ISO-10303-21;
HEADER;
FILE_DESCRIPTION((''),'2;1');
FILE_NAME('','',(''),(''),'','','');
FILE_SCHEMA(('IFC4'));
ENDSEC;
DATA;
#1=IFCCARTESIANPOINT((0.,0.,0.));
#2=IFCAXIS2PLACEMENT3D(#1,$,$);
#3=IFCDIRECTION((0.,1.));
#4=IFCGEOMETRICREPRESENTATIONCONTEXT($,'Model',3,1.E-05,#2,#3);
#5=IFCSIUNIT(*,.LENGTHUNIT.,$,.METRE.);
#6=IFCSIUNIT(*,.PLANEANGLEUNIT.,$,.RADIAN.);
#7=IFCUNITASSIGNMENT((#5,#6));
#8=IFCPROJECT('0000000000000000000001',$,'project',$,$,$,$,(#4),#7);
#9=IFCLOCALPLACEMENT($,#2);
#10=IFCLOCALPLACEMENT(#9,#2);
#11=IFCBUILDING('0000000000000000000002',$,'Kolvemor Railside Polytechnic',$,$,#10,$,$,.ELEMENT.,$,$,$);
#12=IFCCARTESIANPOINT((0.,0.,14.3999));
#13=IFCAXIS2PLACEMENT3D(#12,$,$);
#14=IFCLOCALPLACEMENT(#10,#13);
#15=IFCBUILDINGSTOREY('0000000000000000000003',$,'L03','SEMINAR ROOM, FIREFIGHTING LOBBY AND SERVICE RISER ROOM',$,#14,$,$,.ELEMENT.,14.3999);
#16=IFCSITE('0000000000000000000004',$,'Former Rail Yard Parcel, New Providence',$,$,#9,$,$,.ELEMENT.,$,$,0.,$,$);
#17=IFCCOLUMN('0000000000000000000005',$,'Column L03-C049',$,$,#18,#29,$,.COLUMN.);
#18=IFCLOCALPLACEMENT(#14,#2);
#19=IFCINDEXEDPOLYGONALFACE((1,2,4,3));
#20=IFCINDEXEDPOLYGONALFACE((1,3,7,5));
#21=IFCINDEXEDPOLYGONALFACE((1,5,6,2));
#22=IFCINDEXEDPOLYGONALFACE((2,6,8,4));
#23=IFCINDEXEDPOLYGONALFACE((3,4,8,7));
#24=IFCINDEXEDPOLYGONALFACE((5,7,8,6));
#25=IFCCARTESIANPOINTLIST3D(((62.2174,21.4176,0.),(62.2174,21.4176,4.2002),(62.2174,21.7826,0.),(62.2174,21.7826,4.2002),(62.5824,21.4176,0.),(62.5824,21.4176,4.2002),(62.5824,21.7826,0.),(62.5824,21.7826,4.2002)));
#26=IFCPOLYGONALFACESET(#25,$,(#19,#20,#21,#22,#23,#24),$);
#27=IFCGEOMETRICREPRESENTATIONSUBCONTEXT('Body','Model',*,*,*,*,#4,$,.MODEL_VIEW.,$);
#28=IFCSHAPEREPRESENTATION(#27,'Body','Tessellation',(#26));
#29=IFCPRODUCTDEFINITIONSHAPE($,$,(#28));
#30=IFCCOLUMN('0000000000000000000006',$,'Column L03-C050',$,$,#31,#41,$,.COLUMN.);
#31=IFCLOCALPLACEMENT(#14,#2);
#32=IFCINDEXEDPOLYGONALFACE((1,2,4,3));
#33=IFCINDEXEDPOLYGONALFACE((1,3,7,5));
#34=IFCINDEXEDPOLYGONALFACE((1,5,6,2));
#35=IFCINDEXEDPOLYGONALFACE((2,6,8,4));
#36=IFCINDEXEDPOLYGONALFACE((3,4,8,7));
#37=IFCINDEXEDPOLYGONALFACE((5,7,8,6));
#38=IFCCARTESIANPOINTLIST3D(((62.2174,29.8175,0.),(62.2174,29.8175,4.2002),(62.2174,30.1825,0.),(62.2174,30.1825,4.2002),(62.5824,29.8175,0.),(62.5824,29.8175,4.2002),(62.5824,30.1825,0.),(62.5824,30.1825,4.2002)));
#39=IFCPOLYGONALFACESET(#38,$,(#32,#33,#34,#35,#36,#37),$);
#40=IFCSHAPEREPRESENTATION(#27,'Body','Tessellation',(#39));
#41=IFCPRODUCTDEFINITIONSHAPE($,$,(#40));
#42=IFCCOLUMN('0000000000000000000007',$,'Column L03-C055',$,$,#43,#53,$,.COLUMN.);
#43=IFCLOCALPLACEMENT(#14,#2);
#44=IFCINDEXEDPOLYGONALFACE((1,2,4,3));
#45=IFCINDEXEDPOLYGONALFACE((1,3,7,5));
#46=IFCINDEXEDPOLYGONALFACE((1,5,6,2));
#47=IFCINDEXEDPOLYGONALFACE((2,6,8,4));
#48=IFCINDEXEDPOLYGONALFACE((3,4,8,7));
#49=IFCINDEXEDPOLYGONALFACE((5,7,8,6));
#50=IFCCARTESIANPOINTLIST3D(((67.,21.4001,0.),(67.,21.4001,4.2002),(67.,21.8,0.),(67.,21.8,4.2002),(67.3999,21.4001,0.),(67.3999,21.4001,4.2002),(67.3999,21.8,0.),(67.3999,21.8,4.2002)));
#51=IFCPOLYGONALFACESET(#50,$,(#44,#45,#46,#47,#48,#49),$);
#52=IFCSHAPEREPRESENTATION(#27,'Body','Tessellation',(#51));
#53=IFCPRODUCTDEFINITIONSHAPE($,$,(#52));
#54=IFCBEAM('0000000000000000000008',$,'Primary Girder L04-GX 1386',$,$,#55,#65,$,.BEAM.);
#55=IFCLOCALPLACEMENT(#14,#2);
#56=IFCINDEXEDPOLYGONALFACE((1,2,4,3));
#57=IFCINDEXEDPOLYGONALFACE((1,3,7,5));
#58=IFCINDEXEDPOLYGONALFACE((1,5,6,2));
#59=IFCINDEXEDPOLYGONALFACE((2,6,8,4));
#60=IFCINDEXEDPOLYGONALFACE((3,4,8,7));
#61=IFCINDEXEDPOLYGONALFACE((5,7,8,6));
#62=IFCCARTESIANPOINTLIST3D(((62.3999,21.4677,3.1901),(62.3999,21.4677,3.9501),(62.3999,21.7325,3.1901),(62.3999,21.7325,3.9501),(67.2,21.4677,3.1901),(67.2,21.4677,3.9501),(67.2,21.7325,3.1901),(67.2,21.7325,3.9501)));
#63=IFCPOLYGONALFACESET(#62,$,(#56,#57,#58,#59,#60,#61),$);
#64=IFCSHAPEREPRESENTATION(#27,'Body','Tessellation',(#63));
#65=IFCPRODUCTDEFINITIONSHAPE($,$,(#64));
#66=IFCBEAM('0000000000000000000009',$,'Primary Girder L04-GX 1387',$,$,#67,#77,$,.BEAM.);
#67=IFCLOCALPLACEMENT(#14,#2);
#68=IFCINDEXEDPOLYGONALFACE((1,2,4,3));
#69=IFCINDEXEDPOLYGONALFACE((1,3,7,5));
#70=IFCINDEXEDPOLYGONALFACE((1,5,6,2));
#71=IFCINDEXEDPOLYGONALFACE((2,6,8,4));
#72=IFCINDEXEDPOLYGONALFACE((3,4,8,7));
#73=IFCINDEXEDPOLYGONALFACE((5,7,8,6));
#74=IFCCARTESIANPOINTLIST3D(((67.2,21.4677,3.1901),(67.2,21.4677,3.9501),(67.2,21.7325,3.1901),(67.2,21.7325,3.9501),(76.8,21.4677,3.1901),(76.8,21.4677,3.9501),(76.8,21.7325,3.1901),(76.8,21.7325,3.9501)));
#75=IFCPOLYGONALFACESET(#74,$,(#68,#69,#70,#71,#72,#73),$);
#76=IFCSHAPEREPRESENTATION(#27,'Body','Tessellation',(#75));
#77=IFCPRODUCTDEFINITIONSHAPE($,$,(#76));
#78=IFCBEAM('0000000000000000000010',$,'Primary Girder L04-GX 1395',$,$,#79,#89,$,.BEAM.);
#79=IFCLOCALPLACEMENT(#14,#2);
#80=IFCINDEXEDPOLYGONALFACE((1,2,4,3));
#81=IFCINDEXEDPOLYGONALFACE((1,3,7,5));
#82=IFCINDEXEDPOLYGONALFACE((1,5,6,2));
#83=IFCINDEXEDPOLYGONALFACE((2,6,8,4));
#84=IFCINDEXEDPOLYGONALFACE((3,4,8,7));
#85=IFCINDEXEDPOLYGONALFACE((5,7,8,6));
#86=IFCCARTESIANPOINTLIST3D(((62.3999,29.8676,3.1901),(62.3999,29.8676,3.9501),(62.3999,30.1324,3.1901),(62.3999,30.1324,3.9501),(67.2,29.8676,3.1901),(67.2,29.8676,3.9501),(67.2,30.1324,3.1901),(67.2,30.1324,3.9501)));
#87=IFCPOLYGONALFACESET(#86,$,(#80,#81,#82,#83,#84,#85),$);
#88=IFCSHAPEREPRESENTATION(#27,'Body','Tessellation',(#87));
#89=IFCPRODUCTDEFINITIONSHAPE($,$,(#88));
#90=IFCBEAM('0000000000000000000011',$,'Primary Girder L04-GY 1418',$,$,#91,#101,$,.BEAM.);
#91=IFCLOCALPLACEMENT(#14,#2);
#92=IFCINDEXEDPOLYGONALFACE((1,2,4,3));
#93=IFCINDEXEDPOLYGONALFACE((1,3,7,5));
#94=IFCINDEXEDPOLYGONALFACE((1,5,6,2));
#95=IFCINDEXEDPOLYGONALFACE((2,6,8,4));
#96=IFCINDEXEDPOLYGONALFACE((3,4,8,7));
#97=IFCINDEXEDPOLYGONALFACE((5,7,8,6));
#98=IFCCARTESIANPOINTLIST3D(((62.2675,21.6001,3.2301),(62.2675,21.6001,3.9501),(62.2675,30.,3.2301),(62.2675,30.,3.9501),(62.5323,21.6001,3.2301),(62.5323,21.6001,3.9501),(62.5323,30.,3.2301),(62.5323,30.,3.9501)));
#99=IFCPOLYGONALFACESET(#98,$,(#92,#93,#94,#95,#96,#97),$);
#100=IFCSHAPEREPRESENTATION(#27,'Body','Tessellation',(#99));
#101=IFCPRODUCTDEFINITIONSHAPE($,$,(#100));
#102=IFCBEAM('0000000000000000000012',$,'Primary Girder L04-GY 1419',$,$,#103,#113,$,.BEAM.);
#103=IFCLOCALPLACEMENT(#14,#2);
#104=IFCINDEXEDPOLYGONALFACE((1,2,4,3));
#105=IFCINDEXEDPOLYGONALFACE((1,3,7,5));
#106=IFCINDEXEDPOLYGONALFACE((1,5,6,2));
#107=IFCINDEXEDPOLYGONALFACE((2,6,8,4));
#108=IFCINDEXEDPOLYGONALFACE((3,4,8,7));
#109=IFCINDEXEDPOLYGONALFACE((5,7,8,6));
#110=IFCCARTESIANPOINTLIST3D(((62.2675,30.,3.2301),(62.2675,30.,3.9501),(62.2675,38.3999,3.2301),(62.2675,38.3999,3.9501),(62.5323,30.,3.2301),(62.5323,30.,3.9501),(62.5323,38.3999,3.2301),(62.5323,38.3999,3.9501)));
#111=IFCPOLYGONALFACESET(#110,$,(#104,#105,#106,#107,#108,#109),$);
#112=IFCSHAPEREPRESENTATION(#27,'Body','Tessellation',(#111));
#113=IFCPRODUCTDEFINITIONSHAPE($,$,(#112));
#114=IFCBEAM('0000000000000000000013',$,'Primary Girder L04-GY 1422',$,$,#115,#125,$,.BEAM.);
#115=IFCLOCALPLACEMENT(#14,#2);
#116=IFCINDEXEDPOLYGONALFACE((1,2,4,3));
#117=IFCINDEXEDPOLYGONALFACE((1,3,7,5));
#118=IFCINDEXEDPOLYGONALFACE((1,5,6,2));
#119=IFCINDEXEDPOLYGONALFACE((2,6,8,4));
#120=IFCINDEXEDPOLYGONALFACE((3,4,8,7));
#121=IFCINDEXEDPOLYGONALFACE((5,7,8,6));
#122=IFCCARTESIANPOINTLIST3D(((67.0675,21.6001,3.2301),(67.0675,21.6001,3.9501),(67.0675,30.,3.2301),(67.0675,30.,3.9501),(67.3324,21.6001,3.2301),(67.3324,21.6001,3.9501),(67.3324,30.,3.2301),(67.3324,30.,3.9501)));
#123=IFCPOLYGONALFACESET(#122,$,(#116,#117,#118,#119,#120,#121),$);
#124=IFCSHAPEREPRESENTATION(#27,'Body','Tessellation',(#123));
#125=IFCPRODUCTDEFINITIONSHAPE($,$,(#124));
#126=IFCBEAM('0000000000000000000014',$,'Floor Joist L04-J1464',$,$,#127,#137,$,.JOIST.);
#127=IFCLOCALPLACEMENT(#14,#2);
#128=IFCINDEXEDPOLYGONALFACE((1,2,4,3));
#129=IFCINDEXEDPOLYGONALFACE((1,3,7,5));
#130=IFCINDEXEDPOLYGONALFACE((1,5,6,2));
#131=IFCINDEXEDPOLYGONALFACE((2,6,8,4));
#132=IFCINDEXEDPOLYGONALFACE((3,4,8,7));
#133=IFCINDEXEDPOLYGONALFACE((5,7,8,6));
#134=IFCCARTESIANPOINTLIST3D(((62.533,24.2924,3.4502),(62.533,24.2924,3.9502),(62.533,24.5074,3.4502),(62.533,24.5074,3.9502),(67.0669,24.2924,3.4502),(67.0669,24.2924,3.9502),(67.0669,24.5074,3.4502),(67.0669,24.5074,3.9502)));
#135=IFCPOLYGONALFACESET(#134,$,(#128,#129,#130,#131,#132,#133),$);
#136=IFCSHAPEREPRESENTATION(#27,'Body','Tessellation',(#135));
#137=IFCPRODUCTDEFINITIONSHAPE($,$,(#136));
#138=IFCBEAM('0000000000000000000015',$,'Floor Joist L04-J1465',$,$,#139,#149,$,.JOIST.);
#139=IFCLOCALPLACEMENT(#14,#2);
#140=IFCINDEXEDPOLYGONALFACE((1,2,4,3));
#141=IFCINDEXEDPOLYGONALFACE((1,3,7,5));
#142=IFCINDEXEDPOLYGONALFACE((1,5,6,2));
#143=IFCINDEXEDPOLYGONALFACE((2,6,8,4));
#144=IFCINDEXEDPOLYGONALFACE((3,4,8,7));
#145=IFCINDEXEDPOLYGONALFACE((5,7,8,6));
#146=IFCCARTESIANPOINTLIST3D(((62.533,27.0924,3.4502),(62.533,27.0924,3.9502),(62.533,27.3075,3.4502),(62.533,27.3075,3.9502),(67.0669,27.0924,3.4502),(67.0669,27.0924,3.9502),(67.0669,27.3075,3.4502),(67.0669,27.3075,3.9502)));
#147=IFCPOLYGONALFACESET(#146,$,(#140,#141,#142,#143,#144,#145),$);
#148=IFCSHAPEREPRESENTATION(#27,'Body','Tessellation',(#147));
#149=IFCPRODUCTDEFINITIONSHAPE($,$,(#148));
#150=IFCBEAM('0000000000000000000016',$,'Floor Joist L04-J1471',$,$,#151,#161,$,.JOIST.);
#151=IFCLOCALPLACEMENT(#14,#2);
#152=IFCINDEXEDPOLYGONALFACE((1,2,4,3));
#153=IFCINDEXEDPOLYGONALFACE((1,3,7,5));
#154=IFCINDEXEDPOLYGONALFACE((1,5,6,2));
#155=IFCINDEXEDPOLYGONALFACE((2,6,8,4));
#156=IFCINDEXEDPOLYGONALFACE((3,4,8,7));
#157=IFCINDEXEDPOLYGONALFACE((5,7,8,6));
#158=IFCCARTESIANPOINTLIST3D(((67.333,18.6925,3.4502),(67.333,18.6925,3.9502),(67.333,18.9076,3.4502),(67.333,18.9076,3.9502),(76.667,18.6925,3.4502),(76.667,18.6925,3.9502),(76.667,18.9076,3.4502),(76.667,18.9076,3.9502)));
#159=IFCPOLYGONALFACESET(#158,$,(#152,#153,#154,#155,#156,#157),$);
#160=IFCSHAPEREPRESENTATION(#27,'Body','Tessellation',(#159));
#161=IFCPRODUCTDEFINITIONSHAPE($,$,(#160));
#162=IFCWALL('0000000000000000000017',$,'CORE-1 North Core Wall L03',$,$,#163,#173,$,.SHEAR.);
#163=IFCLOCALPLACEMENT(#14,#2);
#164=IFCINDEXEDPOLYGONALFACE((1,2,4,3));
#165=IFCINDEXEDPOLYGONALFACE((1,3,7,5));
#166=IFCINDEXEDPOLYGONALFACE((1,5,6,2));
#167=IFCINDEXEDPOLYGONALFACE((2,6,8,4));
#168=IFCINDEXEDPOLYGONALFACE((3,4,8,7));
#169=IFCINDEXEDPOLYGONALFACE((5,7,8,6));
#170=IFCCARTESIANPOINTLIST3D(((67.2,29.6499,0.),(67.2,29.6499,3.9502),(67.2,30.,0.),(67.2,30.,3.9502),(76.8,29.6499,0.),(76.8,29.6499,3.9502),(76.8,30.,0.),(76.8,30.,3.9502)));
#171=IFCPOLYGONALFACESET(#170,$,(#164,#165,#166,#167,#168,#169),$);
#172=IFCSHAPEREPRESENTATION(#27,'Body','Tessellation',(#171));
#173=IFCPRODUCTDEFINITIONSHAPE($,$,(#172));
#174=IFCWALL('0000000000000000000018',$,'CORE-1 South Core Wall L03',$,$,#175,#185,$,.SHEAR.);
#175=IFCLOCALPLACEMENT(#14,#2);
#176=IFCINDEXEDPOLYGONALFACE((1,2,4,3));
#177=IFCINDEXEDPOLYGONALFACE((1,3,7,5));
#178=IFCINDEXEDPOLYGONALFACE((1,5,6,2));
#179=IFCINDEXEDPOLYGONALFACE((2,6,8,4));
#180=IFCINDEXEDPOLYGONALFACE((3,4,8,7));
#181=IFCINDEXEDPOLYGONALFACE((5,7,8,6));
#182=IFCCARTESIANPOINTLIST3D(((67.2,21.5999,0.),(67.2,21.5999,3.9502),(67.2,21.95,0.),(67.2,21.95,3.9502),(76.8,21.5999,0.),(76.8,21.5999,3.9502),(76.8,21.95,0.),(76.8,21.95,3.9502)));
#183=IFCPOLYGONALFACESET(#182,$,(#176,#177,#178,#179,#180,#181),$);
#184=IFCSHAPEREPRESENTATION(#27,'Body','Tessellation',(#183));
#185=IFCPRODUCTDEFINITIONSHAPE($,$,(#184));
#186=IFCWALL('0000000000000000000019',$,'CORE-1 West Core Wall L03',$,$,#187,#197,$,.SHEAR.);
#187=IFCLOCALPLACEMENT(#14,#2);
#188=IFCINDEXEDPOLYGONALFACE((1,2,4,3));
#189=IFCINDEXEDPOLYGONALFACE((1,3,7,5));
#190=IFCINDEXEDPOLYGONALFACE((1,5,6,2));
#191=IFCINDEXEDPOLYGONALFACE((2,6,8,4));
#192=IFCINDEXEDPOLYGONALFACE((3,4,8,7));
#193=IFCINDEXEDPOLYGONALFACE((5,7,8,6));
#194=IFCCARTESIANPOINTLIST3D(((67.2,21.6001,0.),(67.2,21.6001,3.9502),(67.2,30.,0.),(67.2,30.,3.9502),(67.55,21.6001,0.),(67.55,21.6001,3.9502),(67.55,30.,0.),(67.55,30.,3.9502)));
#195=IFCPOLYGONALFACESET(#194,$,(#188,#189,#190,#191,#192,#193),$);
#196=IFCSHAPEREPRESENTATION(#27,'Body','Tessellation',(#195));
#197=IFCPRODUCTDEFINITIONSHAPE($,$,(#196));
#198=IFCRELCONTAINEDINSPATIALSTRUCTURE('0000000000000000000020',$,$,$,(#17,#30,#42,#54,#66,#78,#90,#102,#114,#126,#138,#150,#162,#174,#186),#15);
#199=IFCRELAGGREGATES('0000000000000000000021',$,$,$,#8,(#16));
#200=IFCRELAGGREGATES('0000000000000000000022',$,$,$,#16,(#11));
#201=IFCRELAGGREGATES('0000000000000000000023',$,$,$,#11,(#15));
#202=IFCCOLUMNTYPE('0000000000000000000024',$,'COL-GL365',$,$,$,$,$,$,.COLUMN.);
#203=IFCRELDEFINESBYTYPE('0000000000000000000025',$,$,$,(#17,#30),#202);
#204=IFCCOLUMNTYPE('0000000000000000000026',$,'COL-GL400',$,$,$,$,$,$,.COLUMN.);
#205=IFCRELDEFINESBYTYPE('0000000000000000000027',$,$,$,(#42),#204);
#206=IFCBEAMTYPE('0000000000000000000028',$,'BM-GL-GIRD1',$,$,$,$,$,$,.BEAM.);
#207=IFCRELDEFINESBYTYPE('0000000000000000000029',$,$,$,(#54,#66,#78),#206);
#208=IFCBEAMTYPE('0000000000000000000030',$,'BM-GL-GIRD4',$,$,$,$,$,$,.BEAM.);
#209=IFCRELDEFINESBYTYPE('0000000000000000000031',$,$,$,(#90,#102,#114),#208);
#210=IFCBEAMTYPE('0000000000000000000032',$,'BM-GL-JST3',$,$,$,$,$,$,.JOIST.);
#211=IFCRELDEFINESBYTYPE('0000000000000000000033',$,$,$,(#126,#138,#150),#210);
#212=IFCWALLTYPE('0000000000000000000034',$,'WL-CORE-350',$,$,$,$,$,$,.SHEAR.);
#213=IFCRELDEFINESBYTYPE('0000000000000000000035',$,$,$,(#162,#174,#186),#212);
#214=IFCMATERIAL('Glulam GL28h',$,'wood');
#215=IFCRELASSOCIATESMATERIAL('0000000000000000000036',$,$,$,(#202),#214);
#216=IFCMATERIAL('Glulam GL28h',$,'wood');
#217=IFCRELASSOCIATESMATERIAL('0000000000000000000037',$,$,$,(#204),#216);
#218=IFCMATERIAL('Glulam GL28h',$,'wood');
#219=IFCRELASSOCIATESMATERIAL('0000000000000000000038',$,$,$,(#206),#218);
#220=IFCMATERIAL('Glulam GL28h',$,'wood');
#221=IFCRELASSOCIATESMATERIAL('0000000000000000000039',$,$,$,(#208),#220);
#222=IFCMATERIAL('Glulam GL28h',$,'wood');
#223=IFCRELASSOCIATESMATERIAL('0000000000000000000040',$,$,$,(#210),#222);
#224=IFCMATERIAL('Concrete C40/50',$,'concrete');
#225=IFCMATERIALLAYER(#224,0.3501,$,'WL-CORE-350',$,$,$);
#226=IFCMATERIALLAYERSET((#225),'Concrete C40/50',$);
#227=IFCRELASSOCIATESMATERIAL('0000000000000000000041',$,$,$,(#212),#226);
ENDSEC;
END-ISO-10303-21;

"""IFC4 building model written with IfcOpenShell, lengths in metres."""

from ifc_helpers import new_model, si_unit, direction, frame, frame_2d, origin, origin_2d, place, context, subcontext, project, spatial, rectangle, extrude, material, layer, layer_set, material_profile, profile_set, type_object, element, save


model = new_model("IFC4")

# Units and contexts
model_context = context("Model", 3, precision=1e-05, world=origin(), true_north=direction((0.0, 1.0)))
body_context = subcontext(model_context, "Body", "Model", "MODEL_VIEW")
ifc_project = project(units=[si_unit("LENGTHUNIT", "METRE"), si_unit("PLANEANGLEUNIT", "RADIAN")], contexts=[model_context])

# Site, building, storey
site_placement = place(None, origin())
site = spatial("IfcSite", under=ifc_project, at=site_placement, Name="Former Rail Yard Parcel, New Providence", CompositionType="ELEMENT", RefElevation=0.0)
building_placement = place(site_placement, origin())
building = spatial("IfcBuilding", under=site, at=building_placement, Name="Kolvemor Railside Polytechnic", CompositionType="ELEMENT")
storey_placement = place(building_placement, frame((0.0, 0.0, 14.3999)))
storey = spatial("IfcBuildingStorey", under=building, at=storey_placement, Name="L03", Description="SEMINAR ROOM, FIREFIGHTING LOBBY AND SERVICE RISER ROOM", CompositionType="ELEMENT", Elevation=14.3999)

# Columns
ifc_material_1 = material(Name="Glulam GL28h", Category="wood")
ifc_material_profile_1 = material_profile(ifc_material_1, rectangle(XDim=0.365, YDim=0.365, at=origin_2d()), Name="GL365x365")
ifc_profile_set_1 = profile_set([ifc_material_profile_1], Name="Glulam GL28h")
column_type_1 = type_object("IfcColumnType", Name="COL-GL365", PredefinedType="COLUMN", material=ifc_profile_set_1)
for number, where, z_axis, x_axis, name in (
    (1, (62.3999, 21.6001, 0.0), (0.0, 0.0, 1.0), (1.0, 0.0, 0.0), "Column L03-C049"),
    (2, (62.3999, 30.0, 0.0), (0.0, 0.0, 1.0), (1.0, 0.0, 0.0), "Column L03-C050"),
):
    element("IfcColumn", number, at=place(storey_placement, frame(where, z_axis=z_axis, x_axis=x_axis)), inside=storey, type_object=column_type_1, Name=name, PredefinedType="COLUMN", context=body_context, shape_type="SweptSolid", body=[
        extrude(rectangle(XDim=0.365, YDim=0.365, at=origin_2d()), origin(), (0.0, 0.0, 1.0), 4.2002),
    ])
ifc_material_2 = material(Name="Glulam GL28h", Category="wood")
ifc_material_profile_2 = material_profile(ifc_material_2, rectangle(XDim=0.3999, YDim=0.3999, at=origin_2d()), Name="GL400x400")
ifc_profile_set_2 = profile_set([ifc_material_profile_2], Name="Glulam GL28h")
column_type_2 = type_object("IfcColumnType", Name="COL-GL400", PredefinedType="COLUMN", material=ifc_profile_set_2)
column_placement = place(storey_placement, frame((67.2, 21.6001, 0.0), z_axis=(0.0, 0.0, 1.0), x_axis=(1.0, 0.0, 0.0)))
element("IfcColumn", 3, at=column_placement, inside=storey, type_object=column_type_2, Name="Column L03-C055", PredefinedType="COLUMN", context=body_context, shape_type="SweptSolid", body=[
    extrude(rectangle(XDim=0.3999, YDim=0.3999, at=origin_2d()), origin(), (0.0, 0.0, 1.0), 4.2002),
])

# Beams
ifc_material_3 = material(Name="Glulam GL28h", Category="wood")
ifc_material_profile_3 = material_profile(ifc_material_3, rectangle(XDim=0.2649, YDim=0.76, at=origin_2d()), Name="GL265x760")
ifc_profile_set_3 = profile_set([ifc_material_profile_3], Name="Glulam GL28h")
beam_type_1 = type_object("IfcBeamType", Name="BM-GL-GIRD1", PredefinedType="BEAM", material=ifc_profile_set_3)
beam_1_placement = place(storey_placement, frame((62.3999, 21.6001, 3.5701), z_axis=(1.0, 0.0, 0.0), x_axis=(0.0, 1.0, 0.0)))
element("IfcBeam", 4, at=beam_1_placement, inside=storey, type_object=beam_type_1, Name="Primary Girder L04-GX 1386", PredefinedType="BEAM", context=body_context, shape_type="SweptSolid", body=[
    extrude(rectangle(XDim=0.2649, YDim=0.76, at=origin_2d()), origin(), (0.0, 0.0, 1.0), 4.8),
])
beam_2_placement = place(storey_placement, frame((67.2, 21.6001, 3.5701), z_axis=(1.0, 0.0, 0.0), x_axis=(0.0, 1.0, 0.0)))
element("IfcBeam", 5, at=beam_2_placement, inside=storey, type_object=beam_type_1, Name="Primary Girder L04-GX 1387", PredefinedType="BEAM", context=body_context, shape_type="SweptSolid", body=[
    extrude(rectangle(XDim=0.2649, YDim=0.76, at=origin_2d()), origin(), (0.0, 0.0, 1.0), 9.6001),
])
beam_3_placement = place(storey_placement, frame((62.3999, 30.0, 3.5701), z_axis=(1.0, 0.0, 0.0), x_axis=(0.0, 1.0, 0.0)))
element("IfcBeam", 6, at=beam_3_placement, inside=storey, type_object=beam_type_1, Name="Primary Girder L04-GX 1395", PredefinedType="BEAM", context=body_context, shape_type="SweptSolid", body=[
    extrude(rectangle(XDim=0.2649, YDim=0.76, at=origin_2d()), origin(), (0.0, 0.0, 1.0), 4.8),
])
ifc_material_4 = material(Name="Glulam GL28h", Category="wood")
ifc_material_profile_4 = material_profile(ifc_material_4, rectangle(XDim=0.2649, YDim=0.72, at=origin_2d()), Name="GL265x720")
ifc_profile_set_4 = profile_set([ifc_material_profile_4], Name="Glulam GL28h")
beam_type_2 = type_object("IfcBeamType", Name="BM-GL-GIRD4", PredefinedType="BEAM", material=ifc_profile_set_4)
for number, where, z_axis, x_axis, name in (
    (7, (62.3999, 21.6001, 3.5901), (0.0, 1.0, 0.0), (-1.0, 0.0, 0.0), "Primary Girder L04-GY 1418"),
    (8, (62.3999, 30.0, 3.5901), (0.0, 1.0, 0.0), (-1.0, 0.0, 0.0), "Primary Girder L04-GY 1419"),
    (9, (67.2, 21.6001, 3.5901), (0.0, 1.0, 0.0), (-1.0, 0.0, 0.0), "Primary Girder L04-GY 1422"),
):
    element("IfcBeam", number, at=place(storey_placement, frame(where, z_axis=z_axis, x_axis=x_axis)), inside=storey, type_object=beam_type_2, Name=name, PredefinedType="BEAM", context=body_context, shape_type="SweptSolid", body=[
        extrude(rectangle(XDim=0.2649, YDim=0.72, at=origin_2d()), origin(), (0.0, 0.0, 1.0), 8.3999),
    ])
ifc_material_5 = material(Name="Glulam GL28h", Category="wood")
ifc_material_profile_5 = material_profile(ifc_material_5, rectangle(XDim=0.2151, YDim=0.5, at=origin_2d()), Name="GL215x500")
ifc_profile_set_5 = profile_set([ifc_material_profile_5], Name="Glulam GL28h")
beam_type_3 = type_object("IfcBeamType", Name="BM-GL-JST3", PredefinedType="JOIST", material=ifc_profile_set_5)
for number, where, z_axis, x_axis, name in (
    (10, (62.533, 24.3999, 3.7002), (1.0, 0.0, 0.0), (0.0, 1.0, 0.0), "Floor Joist L04-J1464"),
    (11, (62.533, 27.2, 3.7002), (1.0, 0.0, 0.0), (0.0, 1.0, 0.0), "Floor Joist L04-J1465"),
):
    element("IfcBeam", number, at=place(storey_placement, frame(where, z_axis=z_axis, x_axis=x_axis)), inside=storey, type_object=beam_type_3, Name=name, PredefinedType="JOIST", context=body_context, shape_type="SweptSolid", body=[
        extrude(rectangle(XDim=0.2151, YDim=0.5, at=origin_2d()), origin(), (0.0, 0.0, 1.0), 4.5339),
    ])
beam_4_placement = place(storey_placement, frame((67.333, 18.8, 3.7002), z_axis=(1.0, 0.0, 0.0), x_axis=(0.0, 1.0, 0.0)))
element("IfcBeam", 12, at=beam_4_placement, inside=storey, type_object=beam_type_3, Name="Floor Joist L04-J1471", PredefinedType="JOIST", context=body_context, shape_type="SweptSolid", body=[
    extrude(rectangle(XDim=0.2151, YDim=0.5, at=origin_2d()), origin(), (0.0, 0.0, 1.0), 9.334),
])

# Walls
ifc_material_6 = material(Name="Concrete C40/50", Category="concrete")
ifc_layer_1 = layer(ifc_material_6, 0.3501, Name="WL-CORE-350")
ifc_layer_set_1 = layer_set([ifc_layer_1], Name="Concrete C40/50")
wall_type_1 = type_object("IfcWallType", Name="WL-CORE-350", PredefinedType="SHEAR", material=ifc_layer_set_1)
for number, where, z_axis, x_axis, name in (
    (13, (67.2, 29.825, 0.0), (0.0, 0.0, 1.0), (1.0, 0.0, 0.0), "CORE-1 North Core Wall L03"),
    (14, (67.2, 21.7749, 0.0), (0.0, 0.0, 1.0), (1.0, 0.0, 0.0), "CORE-1 South Core Wall L03"),
):
    element("IfcWall", number, at=place(storey_placement, frame(where, z_axis=z_axis, x_axis=x_axis)), inside=storey, type_object=wall_type_1, Name=name, PredefinedType="SHEAR", context=body_context, shape_type="SweptSolid", body=[
        extrude(rectangle(XDim=9.6001, YDim=0.3501, at=frame_2d((4.8, 0.0))), origin(), (0.0, 0.0, 1.0), 3.9502),
    ])
wall_1_placement = place(storey_placement, frame((67.375, 21.6001, 0.0), z_axis=(0.0, 0.0, 1.0), x_axis=(0.0, 1.0, 0.0)))
element("IfcWall", 15, at=wall_1_placement, inside=storey, type_object=wall_type_1, Name="CORE-1 West Core Wall L03", PredefinedType="SHEAR", context=body_context, shape_type="SweptSolid", body=[
    extrude(rectangle(XDim=8.3999, YDim=0.3501, at=frame_2d((4.2, 0.0))), origin(), (0.0, 0.0, 1.0), 3.9502),
])

save(model, "model.ifc")
